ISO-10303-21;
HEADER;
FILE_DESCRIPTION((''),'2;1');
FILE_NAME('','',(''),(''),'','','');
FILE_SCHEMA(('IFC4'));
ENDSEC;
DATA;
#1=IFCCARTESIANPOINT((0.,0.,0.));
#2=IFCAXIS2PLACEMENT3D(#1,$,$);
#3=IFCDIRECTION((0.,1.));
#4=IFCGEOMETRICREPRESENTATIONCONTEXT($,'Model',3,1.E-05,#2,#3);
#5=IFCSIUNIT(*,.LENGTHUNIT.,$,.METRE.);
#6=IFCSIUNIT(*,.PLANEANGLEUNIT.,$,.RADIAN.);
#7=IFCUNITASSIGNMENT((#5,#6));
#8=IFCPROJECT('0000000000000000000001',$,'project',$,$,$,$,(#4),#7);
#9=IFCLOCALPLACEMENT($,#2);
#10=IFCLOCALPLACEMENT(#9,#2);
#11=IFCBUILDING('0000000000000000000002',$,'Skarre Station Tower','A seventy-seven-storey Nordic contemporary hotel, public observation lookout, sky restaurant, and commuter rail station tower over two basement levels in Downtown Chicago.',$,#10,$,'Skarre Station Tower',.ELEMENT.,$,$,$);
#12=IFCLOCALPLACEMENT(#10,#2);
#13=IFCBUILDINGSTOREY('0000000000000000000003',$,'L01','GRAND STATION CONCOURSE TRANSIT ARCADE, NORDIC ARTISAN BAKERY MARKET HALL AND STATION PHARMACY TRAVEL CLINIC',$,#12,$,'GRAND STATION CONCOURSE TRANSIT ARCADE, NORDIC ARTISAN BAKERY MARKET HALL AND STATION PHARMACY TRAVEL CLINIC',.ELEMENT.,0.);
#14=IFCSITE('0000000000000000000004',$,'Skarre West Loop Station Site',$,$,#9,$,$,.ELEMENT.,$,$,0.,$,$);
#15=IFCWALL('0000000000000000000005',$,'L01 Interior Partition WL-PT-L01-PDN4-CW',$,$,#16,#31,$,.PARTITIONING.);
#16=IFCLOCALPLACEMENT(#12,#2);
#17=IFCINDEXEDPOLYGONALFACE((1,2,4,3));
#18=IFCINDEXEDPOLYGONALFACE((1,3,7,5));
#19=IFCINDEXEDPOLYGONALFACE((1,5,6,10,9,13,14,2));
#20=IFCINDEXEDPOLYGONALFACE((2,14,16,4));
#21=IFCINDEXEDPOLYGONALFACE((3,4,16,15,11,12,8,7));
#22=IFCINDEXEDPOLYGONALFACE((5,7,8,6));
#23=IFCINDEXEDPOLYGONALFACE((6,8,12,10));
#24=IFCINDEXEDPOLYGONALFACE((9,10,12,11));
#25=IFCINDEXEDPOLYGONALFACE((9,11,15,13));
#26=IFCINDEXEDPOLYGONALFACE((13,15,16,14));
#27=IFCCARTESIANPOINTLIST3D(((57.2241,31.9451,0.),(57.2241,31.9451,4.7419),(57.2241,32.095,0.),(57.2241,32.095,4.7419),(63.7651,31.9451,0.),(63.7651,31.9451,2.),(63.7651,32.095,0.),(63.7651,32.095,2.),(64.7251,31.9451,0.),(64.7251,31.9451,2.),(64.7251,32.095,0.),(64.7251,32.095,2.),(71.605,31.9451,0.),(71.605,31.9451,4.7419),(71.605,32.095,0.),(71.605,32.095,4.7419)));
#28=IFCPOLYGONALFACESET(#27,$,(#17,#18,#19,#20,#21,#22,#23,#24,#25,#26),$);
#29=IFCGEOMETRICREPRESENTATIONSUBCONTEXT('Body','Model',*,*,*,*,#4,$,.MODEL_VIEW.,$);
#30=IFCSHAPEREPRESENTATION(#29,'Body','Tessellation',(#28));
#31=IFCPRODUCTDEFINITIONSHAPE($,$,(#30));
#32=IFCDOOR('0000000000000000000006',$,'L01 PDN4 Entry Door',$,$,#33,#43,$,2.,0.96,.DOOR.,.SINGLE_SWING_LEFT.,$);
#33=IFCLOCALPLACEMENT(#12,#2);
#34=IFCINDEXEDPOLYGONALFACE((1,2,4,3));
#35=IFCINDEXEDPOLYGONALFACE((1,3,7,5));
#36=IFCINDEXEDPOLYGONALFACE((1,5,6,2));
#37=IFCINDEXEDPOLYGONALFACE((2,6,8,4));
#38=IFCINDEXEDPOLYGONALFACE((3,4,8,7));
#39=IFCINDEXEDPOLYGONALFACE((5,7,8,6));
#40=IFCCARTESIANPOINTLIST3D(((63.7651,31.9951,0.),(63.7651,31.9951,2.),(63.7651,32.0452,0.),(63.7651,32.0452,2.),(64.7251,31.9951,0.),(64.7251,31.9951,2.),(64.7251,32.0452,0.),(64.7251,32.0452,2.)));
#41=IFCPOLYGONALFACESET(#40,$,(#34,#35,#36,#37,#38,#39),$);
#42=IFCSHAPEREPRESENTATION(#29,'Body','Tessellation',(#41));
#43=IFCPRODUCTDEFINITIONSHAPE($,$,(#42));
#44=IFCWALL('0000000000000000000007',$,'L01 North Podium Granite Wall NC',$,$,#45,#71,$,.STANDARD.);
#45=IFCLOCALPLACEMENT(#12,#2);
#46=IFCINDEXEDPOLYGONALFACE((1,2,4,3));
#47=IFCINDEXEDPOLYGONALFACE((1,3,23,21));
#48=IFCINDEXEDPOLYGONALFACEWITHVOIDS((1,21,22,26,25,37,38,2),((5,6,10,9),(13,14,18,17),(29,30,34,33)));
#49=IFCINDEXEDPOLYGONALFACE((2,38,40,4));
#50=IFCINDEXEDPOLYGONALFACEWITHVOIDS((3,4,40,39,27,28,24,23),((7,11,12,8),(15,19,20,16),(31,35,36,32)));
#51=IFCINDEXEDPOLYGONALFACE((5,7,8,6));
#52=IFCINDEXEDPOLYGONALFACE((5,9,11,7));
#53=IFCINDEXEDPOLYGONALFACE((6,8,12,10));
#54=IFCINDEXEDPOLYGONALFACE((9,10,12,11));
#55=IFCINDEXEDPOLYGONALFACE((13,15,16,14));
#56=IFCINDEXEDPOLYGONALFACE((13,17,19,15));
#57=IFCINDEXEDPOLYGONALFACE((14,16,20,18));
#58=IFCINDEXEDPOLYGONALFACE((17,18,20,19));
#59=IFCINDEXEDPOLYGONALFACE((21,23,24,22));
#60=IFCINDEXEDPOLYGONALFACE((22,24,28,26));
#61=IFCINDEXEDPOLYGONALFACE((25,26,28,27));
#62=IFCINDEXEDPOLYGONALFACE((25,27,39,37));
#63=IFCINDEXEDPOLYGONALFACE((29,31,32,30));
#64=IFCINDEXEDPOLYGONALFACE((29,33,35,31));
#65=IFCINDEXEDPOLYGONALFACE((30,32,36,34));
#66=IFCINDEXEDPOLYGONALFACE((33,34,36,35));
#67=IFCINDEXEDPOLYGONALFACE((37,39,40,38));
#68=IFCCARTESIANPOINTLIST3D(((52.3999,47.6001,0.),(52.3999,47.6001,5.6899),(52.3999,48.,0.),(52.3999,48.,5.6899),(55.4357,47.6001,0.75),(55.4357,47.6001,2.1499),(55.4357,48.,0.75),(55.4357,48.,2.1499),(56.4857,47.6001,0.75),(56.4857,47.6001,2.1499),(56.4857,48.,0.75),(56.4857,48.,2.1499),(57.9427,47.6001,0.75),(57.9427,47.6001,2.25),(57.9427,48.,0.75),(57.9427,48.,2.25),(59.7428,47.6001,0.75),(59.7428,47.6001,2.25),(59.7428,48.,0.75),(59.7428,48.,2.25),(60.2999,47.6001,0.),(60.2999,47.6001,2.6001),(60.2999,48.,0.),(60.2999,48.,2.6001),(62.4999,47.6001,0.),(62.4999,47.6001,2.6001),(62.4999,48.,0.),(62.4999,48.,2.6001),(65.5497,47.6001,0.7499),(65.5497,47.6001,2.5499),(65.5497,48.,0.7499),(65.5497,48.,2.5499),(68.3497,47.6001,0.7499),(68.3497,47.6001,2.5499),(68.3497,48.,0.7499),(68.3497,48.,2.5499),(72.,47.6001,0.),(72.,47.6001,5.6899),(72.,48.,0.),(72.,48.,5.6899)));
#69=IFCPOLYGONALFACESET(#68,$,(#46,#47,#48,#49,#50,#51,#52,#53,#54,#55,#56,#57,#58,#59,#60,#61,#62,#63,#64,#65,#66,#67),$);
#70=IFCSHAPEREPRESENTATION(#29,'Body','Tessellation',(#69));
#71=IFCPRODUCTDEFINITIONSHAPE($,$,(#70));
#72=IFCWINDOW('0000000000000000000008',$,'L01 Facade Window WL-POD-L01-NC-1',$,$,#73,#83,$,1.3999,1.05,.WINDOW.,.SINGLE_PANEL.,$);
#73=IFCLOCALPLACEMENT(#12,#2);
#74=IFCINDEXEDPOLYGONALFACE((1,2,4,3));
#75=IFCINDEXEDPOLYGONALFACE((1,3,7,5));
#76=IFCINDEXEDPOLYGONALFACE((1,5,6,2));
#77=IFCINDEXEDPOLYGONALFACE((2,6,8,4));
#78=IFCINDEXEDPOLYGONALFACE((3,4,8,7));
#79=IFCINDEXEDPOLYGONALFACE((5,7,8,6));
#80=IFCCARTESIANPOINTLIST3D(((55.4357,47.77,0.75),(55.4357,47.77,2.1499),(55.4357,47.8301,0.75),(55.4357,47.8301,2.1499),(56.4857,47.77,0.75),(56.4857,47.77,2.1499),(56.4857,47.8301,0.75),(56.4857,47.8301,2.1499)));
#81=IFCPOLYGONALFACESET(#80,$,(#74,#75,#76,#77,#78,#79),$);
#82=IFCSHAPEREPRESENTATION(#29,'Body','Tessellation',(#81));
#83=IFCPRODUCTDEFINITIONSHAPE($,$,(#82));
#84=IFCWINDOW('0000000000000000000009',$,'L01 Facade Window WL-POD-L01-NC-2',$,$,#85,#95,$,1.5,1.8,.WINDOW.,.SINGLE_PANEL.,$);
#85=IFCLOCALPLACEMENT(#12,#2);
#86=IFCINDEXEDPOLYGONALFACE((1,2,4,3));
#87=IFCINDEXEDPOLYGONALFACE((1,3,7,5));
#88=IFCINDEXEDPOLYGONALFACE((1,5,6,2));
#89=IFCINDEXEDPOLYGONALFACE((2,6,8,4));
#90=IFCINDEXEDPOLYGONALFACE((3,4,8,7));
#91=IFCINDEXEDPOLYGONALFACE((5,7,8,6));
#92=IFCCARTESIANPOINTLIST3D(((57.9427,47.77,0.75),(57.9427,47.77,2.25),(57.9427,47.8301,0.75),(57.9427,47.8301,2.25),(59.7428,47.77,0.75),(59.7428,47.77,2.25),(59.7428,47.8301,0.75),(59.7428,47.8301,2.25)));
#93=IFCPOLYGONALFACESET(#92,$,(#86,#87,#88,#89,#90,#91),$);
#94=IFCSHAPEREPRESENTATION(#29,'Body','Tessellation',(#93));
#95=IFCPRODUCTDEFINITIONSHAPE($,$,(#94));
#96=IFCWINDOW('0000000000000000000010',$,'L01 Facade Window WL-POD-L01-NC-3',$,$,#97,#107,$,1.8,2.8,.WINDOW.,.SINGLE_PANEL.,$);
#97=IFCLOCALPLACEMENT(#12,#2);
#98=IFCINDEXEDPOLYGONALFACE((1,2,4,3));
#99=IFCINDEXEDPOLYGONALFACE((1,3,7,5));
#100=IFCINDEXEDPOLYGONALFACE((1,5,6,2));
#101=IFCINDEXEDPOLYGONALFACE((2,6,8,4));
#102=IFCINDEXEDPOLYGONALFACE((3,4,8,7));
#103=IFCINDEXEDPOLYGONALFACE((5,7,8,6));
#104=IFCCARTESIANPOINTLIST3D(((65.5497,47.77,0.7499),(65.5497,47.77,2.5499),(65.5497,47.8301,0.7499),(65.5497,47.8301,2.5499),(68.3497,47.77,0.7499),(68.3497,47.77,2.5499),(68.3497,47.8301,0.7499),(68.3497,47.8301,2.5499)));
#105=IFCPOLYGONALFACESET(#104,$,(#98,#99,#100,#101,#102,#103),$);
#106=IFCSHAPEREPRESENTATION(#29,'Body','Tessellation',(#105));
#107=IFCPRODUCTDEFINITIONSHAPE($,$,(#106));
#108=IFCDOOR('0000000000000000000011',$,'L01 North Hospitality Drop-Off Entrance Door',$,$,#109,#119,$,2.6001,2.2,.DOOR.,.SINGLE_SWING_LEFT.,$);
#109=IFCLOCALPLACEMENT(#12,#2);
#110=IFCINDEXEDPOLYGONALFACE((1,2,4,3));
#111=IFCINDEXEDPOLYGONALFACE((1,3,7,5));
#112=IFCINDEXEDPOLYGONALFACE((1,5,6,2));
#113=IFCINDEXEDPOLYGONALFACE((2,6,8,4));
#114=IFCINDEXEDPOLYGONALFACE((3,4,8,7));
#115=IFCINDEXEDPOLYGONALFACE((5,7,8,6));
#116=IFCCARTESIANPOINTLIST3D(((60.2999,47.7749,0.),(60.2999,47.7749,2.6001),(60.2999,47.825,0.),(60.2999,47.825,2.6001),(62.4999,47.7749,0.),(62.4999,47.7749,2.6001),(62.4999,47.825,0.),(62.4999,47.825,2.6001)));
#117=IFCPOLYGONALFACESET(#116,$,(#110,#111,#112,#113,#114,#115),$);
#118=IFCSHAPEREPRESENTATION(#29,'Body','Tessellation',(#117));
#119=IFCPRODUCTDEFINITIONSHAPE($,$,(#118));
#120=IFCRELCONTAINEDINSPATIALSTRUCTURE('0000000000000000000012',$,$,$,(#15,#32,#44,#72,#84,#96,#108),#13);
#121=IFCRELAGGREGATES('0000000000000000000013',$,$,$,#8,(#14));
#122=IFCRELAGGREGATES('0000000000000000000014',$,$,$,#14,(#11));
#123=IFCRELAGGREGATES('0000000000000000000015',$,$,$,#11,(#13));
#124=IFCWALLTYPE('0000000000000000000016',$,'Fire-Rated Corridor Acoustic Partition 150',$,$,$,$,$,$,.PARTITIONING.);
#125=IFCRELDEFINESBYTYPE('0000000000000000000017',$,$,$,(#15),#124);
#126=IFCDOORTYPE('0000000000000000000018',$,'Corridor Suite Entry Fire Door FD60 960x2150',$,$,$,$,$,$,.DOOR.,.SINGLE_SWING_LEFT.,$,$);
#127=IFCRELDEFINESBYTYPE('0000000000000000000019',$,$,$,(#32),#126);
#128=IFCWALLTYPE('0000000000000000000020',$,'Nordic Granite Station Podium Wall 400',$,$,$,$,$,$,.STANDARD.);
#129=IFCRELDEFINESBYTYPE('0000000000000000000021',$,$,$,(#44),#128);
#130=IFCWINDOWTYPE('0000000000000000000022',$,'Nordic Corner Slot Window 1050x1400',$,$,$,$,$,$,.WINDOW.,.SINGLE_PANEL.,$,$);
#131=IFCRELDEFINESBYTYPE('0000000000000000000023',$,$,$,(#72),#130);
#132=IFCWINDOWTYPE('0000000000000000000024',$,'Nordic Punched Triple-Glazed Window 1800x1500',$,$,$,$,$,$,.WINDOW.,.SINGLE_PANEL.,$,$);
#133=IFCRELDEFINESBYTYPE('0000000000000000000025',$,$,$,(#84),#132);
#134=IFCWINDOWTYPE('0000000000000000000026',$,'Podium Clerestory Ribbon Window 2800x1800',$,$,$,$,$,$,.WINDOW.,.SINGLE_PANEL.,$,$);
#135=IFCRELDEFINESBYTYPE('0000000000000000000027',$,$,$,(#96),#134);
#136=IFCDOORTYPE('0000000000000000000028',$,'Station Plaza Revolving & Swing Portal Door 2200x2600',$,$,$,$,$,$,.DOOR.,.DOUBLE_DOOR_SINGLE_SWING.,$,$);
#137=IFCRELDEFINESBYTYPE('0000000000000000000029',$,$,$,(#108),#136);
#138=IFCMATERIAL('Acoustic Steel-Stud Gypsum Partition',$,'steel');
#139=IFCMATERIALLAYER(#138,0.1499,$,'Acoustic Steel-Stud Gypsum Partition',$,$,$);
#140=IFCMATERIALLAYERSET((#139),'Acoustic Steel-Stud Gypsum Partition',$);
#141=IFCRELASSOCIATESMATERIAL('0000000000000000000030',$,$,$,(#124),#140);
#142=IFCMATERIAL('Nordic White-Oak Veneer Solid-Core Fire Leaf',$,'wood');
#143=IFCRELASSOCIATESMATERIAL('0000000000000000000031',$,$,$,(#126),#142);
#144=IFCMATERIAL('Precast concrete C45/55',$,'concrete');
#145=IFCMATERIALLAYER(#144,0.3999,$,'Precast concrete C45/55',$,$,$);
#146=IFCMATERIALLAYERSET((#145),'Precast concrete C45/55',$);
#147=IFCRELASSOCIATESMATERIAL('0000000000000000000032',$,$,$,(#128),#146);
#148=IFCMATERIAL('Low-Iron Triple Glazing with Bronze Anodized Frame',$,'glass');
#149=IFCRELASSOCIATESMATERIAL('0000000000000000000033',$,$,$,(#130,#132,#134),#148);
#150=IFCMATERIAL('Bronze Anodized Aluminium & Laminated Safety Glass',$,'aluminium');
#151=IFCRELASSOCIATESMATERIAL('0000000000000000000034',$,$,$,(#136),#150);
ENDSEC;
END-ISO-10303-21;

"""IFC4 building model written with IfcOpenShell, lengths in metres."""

from ifc_helpers import new_model, si_unit, direction, frame, frame_2d, origin, place, context, subcontext, project, spatial, rectangle, extrude, material, layer, layer_set, type_object, element, fill, save


model = new_model("IFC4")

# Units and contexts
model_context = context("Model", 3, precision=1e-05, world=origin(), true_north=direction((0.0, 1.0)))
body_context = subcontext(model_context, "Body", "Model", "MODEL_VIEW")
ifc_project = project(units=[si_unit("LENGTHUNIT", "METRE"), si_unit("PLANEANGLEUNIT", "RADIAN")], contexts=[model_context])

# Site, building, storey
site_placement = place(None, origin())
site = spatial("IfcSite", under=ifc_project, at=site_placement, Name="Skarre West Loop Station Site", CompositionType="ELEMENT", RefElevation=0.0)
building_placement = place(site_placement, origin())
building = spatial("IfcBuilding", under=site, at=building_placement, Name="Skarre Station Tower", Description="A seventy-seven-storey Nordic contemporary hotel, public observation lookout, sky restaurant, and commuter rail station tower over two basement levels in Downtown Chicago.", LongName="Skarre Station Tower", CompositionType="ELEMENT")
storey_placement = place(building_placement, origin())
storey = spatial("IfcBuildingStorey", under=building, at=storey_placement, Name="L01", Description="GRAND STATION CONCOURSE TRANSIT ARCADE, NORDIC ARTISAN BAKERY MARKET HALL AND STATION PHARMACY TRAVEL CLINIC", LongName="GRAND STATION CONCOURSE TRANSIT ARCADE, NORDIC ARTISAN BAKERY MARKET HALL AND STATION PHARMACY TRAVEL CLINIC", CompositionType="ELEMENT", Elevation=0.0)

# Wall, opening, door
ifc_material_1 = material(Name="Acoustic Steel-Stud Gypsum Partition", Category="steel")
ifc_layer_1 = layer(ifc_material_1, 0.1499, Name="Acoustic Steel-Stud Gypsum Partition")
ifc_layer_set_1 = layer_set([ifc_layer_1], Name="Acoustic Steel-Stud Gypsum Partition")
wall_type_1 = type_object("IfcWallType", Name="Fire-Rated Corridor Acoustic Partition 150", PredefinedType="PARTITIONING", material=ifc_layer_set_1)
wall_1_placement = place(storey_placement, frame((71.605, 32.02, 0.0), z_axis=(0.0, 0.0, 1.0), x_axis=(-1.0, 0.0, 0.0)))
wall_1 = element("IfcWall", 1, at=wall_1_placement, inside=storey, type_object=wall_type_1, Name="L01 Interior Partition WL-PT-L01-PDN4-CW", PredefinedType="PARTITIONING", context=body_context, shape_type="SweptSolid", body=[
    extrude(rectangle(XDim=14.3809, YDim=0.1499, at=frame_2d((7.1904, 0.0))), origin(), (0.0, 0.0, 1.0), 4.7419),
])
opening_1_placement = place(wall_1_placement, frame((6.8799, 0.0, 0.0)))
opening_1 = element("IfcOpeningElement", 2, at=opening_1_placement, cuts=wall_1, PredefinedType="OPENING", context=body_context, shape_type="SweptSolid", body=[
    extrude(rectangle(XDim=0.96, YDim=2.0, at=frame_2d((0.48, 1.0))), frame((0.0, 0.085, 0.0), z_axis=(0.0, -1.0, 0.0), x_axis=(1.0, 0.0, 0.0)), (0.0, 0.0, 1.0), 0.1699),
])
ifc_material_2 = material(Name="Nordic White-Oak Veneer Solid-Core Fire Leaf", Category="wood")
door_type_1 = type_object("IfcDoorType", Name="Corridor Suite Entry Fire Door FD60 960x2150", OperationType="SINGLE_SWING_LEFT", PredefinedType="DOOR", material=ifc_material_2)
door_1_placement = place(opening_1_placement, origin())
door_1 = element("IfcDoor", 3, at=door_1_placement, inside=storey, type_object=door_type_1, Name="L01 PDN4 Entry Door", OperationType="SINGLE_SWING_LEFT", OverallHeight=2.0, OverallWidth=0.96, PredefinedType="DOOR", context=body_context, shape_type="SweptSolid", body=[
    extrude(rectangle(XDim=0.96, YDim=2.0, at=frame_2d((0.48, 1.0))), frame((0.0, 0.0249, 0.0), z_axis=(0.0, -1.0, 0.0), x_axis=(1.0, 0.0, 0.0)), (0.0, 0.0, 1.0), 0.05),
])
fill(opening_1, door_1)

# Wall, openings, windows, door
ifc_material_3 = material(Name="Precast concrete C45/55", Category="concrete")
ifc_layer_2 = layer(ifc_material_3, 0.3999, Name="Precast concrete C45/55")
ifc_layer_set_2 = layer_set([ifc_layer_2], Name="Precast concrete C45/55")
wall_type_2 = type_object("IfcWallType", Name="Nordic Granite Station Podium Wall 400", PredefinedType="STANDARD", material=ifc_layer_set_2)
wall_2_placement = place(storey_placement, frame((52.3999, 47.8, 0.0), z_axis=(0.0, 0.0, 1.0), x_axis=(1.0, 0.0, 0.0)))
wall_2 = element("IfcWall", 4, at=wall_2_placement, inside=storey, type_object=wall_type_2, Name="L01 North Podium Granite Wall NC", PredefinedType="STANDARD", context=body_context, shape_type="SweptSolid", body=[
    extrude(rectangle(XDim=19.6001, YDim=0.3999, at=frame_2d((9.8, 0.0))), origin(), (0.0, 0.0, 1.0), 5.6899),
])
opening_2_placement = place(wall_2_placement, frame((7.8999, 0.0, 0.0)))
opening_2 = element("IfcOpeningElement", 5, at=opening_2_placement, cuts=wall_2, PredefinedType="OPENING", context=body_context, shape_type="SweptSolid", body=[
    extrude(rectangle(XDim=2.2, YDim=2.6001, at=frame_2d((1.1001, 1.3))), frame((0.0, 0.21, 0.0), z_axis=(0.0, -1.0, 0.0), x_axis=(1.0, 0.0, 0.0)), (0.0, 0.0, 1.0), 0.4199),
])
opening_3_placement = place(wall_2_placement, frame((3.0359, 0.0, 0.75)))
opening_3 = element("IfcOpeningElement", 6, at=opening_3_placement, cuts=wall_2, PredefinedType="OPENING", context=body_context, shape_type="SweptSolid", body=[
    extrude(rectangle(XDim=1.05, YDim=1.3999, at=frame_2d((0.5249, 0.7))), frame((0.0, 0.21, 0.0), z_axis=(0.0, -1.0, 0.0), x_axis=(1.0, 0.0, 0.0)), (0.0, 0.0, 1.0), 0.4199),
])
opening_4_placement = place(wall_2_placement, frame((5.543, 0.0, 0.75)))
opening_4 = element("IfcOpeningElement", 7, at=opening_4_placement, cuts=wall_2, PredefinedType="OPENING", context=body_context, shape_type="SweptSolid", body=[
    extrude(rectangle(XDim=1.8, YDim=1.5, at=frame_2d((0.8999, 0.75))), frame((0.0, 0.21, 0.0), z_axis=(0.0, -1.0, 0.0), x_axis=(1.0, 0.0, 0.0)), (0.0, 0.0, 1.0), 0.4199),
])
opening_5_placement = place(wall_2_placement, frame((13.1499, 0.0, 0.75)))
opening_5 = element("IfcOpeningElement", 8, at=opening_5_placement, cuts=wall_2, PredefinedType="OPENING", context=body_context, shape_type="SweptSolid", body=[
    extrude(rectangle(XDim=2.8, YDim=1.8, at=frame_2d((1.3999, 0.8999))), frame((0.0, 0.21, 0.0), z_axis=(0.0, -1.0, 0.0), x_axis=(1.0, 0.0, 0.0)), (0.0, 0.0, 1.0), 0.4199),
])
ifc_material_4 = material(Name="Low-Iron Triple Glazing with Bronze Anodized Frame", Category="glass")
window_type_1 = type_object("IfcWindowType", Name="Nordic Corner Slot Window 1050x1400", PartitioningType="SINGLE_PANEL", PredefinedType="WINDOW", material=ifc_material_4)
window_1_placement = place(opening_3_placement, origin())
window_1 = element("IfcWindow", 9, at=window_1_placement, inside=storey, type_object=window_type_1, Name="L01 Facade Window WL-POD-L01-NC-1", OverallHeight=1.3999, OverallWidth=1.05, PartitioningType="SINGLE_PANEL", PredefinedType="WINDOW", context=body_context, shape_type="SweptSolid", body=[
    extrude(rectangle(XDim=1.05, YDim=1.3999, at=frame_2d((0.5249, 0.7))), frame((0.0, 0.03, 0.0), z_axis=(0.0, -1.0, 0.0), x_axis=(1.0, 0.0, 0.0)), (0.0, 0.0, 1.0), 0.0601),
])
fill(opening_3, window_1)
window_type_2 = type_object("IfcWindowType", Name="Nordic Punched Triple-Glazed Window 1800x1500", PartitioningType="SINGLE_PANEL", PredefinedType="WINDOW", material=ifc_material_4)
window_2_placement = place(opening_4_placement, origin())
window_2 = element("IfcWindow", 10, at=window_2_placement, inside=storey, type_object=window_type_2, Name="L01 Facade Window WL-POD-L01-NC-2", OverallHeight=1.5, OverallWidth=1.8, PartitioningType="SINGLE_PANEL", PredefinedType="WINDOW", context=body_context, shape_type="SweptSolid", body=[
    extrude(rectangle(XDim=1.8, YDim=1.5, at=frame_2d((0.8999, 0.75))), frame((0.0, 0.03, 0.0), z_axis=(0.0, -1.0, 0.0), x_axis=(1.0, 0.0, 0.0)), (0.0, 0.0, 1.0), 0.0601),
])
fill(opening_4, window_2)
window_type_3 = type_object("IfcWindowType", Name="Podium Clerestory Ribbon Window 2800x1800", PartitioningType="SINGLE_PANEL", PredefinedType="WINDOW", material=ifc_material_4)
window_3_placement = place(opening_5_placement, origin())
window_3 = element("IfcWindow", 11, at=window_3_placement, inside=storey, type_object=window_type_3, Name="L01 Facade Window WL-POD-L01-NC-3", OverallHeight=1.8, OverallWidth=2.8, PartitioningType="SINGLE_PANEL", PredefinedType="WINDOW", context=body_context, shape_type="SweptSolid", body=[
    extrude(rectangle(XDim=2.8, YDim=1.8, at=frame_2d((1.3999, 0.8999))), frame((0.0, 0.03, 0.0), z_axis=(0.0, -1.0, 0.0), x_axis=(1.0, 0.0, 0.0)), (0.0, 0.0, 1.0), 0.0601),
])
fill(opening_5, window_3)
ifc_material_5 = material(Name="Bronze Anodized Aluminium & Laminated Safety Glass", Category="aluminium")
door_type_2 = type_object("IfcDoorType", Name="Station Plaza Revolving & Swing Portal Door 2200x2600", OperationType="DOUBLE_DOOR_SINGLE_SWING", PredefinedType="DOOR", material=ifc_material_5)
door_2_placement = place(opening_2_placement, origin())
door_2 = element("IfcDoor", 12, at=door_2_placement, inside=storey, type_object=door_type_2, Name="L01 North Hospitality Drop-Off Entrance Door", OperationType="SINGLE_SWING_LEFT", OverallHeight=2.6001, OverallWidth=2.2, PredefinedType="DOOR", context=body_context, shape_type="SweptSolid", body=[
    extrude(rectangle(XDim=2.2, YDim=2.6001, at=frame_2d((1.1001, 1.3))), frame((0.0, 0.0249, 0.0), z_axis=(0.0, -1.0, 0.0), x_axis=(1.0, 0.0, 0.0)), (0.0, 0.0, 1.0), 0.05),
])
fill(opening_2, door_2)

save(model, "model.ifc")
